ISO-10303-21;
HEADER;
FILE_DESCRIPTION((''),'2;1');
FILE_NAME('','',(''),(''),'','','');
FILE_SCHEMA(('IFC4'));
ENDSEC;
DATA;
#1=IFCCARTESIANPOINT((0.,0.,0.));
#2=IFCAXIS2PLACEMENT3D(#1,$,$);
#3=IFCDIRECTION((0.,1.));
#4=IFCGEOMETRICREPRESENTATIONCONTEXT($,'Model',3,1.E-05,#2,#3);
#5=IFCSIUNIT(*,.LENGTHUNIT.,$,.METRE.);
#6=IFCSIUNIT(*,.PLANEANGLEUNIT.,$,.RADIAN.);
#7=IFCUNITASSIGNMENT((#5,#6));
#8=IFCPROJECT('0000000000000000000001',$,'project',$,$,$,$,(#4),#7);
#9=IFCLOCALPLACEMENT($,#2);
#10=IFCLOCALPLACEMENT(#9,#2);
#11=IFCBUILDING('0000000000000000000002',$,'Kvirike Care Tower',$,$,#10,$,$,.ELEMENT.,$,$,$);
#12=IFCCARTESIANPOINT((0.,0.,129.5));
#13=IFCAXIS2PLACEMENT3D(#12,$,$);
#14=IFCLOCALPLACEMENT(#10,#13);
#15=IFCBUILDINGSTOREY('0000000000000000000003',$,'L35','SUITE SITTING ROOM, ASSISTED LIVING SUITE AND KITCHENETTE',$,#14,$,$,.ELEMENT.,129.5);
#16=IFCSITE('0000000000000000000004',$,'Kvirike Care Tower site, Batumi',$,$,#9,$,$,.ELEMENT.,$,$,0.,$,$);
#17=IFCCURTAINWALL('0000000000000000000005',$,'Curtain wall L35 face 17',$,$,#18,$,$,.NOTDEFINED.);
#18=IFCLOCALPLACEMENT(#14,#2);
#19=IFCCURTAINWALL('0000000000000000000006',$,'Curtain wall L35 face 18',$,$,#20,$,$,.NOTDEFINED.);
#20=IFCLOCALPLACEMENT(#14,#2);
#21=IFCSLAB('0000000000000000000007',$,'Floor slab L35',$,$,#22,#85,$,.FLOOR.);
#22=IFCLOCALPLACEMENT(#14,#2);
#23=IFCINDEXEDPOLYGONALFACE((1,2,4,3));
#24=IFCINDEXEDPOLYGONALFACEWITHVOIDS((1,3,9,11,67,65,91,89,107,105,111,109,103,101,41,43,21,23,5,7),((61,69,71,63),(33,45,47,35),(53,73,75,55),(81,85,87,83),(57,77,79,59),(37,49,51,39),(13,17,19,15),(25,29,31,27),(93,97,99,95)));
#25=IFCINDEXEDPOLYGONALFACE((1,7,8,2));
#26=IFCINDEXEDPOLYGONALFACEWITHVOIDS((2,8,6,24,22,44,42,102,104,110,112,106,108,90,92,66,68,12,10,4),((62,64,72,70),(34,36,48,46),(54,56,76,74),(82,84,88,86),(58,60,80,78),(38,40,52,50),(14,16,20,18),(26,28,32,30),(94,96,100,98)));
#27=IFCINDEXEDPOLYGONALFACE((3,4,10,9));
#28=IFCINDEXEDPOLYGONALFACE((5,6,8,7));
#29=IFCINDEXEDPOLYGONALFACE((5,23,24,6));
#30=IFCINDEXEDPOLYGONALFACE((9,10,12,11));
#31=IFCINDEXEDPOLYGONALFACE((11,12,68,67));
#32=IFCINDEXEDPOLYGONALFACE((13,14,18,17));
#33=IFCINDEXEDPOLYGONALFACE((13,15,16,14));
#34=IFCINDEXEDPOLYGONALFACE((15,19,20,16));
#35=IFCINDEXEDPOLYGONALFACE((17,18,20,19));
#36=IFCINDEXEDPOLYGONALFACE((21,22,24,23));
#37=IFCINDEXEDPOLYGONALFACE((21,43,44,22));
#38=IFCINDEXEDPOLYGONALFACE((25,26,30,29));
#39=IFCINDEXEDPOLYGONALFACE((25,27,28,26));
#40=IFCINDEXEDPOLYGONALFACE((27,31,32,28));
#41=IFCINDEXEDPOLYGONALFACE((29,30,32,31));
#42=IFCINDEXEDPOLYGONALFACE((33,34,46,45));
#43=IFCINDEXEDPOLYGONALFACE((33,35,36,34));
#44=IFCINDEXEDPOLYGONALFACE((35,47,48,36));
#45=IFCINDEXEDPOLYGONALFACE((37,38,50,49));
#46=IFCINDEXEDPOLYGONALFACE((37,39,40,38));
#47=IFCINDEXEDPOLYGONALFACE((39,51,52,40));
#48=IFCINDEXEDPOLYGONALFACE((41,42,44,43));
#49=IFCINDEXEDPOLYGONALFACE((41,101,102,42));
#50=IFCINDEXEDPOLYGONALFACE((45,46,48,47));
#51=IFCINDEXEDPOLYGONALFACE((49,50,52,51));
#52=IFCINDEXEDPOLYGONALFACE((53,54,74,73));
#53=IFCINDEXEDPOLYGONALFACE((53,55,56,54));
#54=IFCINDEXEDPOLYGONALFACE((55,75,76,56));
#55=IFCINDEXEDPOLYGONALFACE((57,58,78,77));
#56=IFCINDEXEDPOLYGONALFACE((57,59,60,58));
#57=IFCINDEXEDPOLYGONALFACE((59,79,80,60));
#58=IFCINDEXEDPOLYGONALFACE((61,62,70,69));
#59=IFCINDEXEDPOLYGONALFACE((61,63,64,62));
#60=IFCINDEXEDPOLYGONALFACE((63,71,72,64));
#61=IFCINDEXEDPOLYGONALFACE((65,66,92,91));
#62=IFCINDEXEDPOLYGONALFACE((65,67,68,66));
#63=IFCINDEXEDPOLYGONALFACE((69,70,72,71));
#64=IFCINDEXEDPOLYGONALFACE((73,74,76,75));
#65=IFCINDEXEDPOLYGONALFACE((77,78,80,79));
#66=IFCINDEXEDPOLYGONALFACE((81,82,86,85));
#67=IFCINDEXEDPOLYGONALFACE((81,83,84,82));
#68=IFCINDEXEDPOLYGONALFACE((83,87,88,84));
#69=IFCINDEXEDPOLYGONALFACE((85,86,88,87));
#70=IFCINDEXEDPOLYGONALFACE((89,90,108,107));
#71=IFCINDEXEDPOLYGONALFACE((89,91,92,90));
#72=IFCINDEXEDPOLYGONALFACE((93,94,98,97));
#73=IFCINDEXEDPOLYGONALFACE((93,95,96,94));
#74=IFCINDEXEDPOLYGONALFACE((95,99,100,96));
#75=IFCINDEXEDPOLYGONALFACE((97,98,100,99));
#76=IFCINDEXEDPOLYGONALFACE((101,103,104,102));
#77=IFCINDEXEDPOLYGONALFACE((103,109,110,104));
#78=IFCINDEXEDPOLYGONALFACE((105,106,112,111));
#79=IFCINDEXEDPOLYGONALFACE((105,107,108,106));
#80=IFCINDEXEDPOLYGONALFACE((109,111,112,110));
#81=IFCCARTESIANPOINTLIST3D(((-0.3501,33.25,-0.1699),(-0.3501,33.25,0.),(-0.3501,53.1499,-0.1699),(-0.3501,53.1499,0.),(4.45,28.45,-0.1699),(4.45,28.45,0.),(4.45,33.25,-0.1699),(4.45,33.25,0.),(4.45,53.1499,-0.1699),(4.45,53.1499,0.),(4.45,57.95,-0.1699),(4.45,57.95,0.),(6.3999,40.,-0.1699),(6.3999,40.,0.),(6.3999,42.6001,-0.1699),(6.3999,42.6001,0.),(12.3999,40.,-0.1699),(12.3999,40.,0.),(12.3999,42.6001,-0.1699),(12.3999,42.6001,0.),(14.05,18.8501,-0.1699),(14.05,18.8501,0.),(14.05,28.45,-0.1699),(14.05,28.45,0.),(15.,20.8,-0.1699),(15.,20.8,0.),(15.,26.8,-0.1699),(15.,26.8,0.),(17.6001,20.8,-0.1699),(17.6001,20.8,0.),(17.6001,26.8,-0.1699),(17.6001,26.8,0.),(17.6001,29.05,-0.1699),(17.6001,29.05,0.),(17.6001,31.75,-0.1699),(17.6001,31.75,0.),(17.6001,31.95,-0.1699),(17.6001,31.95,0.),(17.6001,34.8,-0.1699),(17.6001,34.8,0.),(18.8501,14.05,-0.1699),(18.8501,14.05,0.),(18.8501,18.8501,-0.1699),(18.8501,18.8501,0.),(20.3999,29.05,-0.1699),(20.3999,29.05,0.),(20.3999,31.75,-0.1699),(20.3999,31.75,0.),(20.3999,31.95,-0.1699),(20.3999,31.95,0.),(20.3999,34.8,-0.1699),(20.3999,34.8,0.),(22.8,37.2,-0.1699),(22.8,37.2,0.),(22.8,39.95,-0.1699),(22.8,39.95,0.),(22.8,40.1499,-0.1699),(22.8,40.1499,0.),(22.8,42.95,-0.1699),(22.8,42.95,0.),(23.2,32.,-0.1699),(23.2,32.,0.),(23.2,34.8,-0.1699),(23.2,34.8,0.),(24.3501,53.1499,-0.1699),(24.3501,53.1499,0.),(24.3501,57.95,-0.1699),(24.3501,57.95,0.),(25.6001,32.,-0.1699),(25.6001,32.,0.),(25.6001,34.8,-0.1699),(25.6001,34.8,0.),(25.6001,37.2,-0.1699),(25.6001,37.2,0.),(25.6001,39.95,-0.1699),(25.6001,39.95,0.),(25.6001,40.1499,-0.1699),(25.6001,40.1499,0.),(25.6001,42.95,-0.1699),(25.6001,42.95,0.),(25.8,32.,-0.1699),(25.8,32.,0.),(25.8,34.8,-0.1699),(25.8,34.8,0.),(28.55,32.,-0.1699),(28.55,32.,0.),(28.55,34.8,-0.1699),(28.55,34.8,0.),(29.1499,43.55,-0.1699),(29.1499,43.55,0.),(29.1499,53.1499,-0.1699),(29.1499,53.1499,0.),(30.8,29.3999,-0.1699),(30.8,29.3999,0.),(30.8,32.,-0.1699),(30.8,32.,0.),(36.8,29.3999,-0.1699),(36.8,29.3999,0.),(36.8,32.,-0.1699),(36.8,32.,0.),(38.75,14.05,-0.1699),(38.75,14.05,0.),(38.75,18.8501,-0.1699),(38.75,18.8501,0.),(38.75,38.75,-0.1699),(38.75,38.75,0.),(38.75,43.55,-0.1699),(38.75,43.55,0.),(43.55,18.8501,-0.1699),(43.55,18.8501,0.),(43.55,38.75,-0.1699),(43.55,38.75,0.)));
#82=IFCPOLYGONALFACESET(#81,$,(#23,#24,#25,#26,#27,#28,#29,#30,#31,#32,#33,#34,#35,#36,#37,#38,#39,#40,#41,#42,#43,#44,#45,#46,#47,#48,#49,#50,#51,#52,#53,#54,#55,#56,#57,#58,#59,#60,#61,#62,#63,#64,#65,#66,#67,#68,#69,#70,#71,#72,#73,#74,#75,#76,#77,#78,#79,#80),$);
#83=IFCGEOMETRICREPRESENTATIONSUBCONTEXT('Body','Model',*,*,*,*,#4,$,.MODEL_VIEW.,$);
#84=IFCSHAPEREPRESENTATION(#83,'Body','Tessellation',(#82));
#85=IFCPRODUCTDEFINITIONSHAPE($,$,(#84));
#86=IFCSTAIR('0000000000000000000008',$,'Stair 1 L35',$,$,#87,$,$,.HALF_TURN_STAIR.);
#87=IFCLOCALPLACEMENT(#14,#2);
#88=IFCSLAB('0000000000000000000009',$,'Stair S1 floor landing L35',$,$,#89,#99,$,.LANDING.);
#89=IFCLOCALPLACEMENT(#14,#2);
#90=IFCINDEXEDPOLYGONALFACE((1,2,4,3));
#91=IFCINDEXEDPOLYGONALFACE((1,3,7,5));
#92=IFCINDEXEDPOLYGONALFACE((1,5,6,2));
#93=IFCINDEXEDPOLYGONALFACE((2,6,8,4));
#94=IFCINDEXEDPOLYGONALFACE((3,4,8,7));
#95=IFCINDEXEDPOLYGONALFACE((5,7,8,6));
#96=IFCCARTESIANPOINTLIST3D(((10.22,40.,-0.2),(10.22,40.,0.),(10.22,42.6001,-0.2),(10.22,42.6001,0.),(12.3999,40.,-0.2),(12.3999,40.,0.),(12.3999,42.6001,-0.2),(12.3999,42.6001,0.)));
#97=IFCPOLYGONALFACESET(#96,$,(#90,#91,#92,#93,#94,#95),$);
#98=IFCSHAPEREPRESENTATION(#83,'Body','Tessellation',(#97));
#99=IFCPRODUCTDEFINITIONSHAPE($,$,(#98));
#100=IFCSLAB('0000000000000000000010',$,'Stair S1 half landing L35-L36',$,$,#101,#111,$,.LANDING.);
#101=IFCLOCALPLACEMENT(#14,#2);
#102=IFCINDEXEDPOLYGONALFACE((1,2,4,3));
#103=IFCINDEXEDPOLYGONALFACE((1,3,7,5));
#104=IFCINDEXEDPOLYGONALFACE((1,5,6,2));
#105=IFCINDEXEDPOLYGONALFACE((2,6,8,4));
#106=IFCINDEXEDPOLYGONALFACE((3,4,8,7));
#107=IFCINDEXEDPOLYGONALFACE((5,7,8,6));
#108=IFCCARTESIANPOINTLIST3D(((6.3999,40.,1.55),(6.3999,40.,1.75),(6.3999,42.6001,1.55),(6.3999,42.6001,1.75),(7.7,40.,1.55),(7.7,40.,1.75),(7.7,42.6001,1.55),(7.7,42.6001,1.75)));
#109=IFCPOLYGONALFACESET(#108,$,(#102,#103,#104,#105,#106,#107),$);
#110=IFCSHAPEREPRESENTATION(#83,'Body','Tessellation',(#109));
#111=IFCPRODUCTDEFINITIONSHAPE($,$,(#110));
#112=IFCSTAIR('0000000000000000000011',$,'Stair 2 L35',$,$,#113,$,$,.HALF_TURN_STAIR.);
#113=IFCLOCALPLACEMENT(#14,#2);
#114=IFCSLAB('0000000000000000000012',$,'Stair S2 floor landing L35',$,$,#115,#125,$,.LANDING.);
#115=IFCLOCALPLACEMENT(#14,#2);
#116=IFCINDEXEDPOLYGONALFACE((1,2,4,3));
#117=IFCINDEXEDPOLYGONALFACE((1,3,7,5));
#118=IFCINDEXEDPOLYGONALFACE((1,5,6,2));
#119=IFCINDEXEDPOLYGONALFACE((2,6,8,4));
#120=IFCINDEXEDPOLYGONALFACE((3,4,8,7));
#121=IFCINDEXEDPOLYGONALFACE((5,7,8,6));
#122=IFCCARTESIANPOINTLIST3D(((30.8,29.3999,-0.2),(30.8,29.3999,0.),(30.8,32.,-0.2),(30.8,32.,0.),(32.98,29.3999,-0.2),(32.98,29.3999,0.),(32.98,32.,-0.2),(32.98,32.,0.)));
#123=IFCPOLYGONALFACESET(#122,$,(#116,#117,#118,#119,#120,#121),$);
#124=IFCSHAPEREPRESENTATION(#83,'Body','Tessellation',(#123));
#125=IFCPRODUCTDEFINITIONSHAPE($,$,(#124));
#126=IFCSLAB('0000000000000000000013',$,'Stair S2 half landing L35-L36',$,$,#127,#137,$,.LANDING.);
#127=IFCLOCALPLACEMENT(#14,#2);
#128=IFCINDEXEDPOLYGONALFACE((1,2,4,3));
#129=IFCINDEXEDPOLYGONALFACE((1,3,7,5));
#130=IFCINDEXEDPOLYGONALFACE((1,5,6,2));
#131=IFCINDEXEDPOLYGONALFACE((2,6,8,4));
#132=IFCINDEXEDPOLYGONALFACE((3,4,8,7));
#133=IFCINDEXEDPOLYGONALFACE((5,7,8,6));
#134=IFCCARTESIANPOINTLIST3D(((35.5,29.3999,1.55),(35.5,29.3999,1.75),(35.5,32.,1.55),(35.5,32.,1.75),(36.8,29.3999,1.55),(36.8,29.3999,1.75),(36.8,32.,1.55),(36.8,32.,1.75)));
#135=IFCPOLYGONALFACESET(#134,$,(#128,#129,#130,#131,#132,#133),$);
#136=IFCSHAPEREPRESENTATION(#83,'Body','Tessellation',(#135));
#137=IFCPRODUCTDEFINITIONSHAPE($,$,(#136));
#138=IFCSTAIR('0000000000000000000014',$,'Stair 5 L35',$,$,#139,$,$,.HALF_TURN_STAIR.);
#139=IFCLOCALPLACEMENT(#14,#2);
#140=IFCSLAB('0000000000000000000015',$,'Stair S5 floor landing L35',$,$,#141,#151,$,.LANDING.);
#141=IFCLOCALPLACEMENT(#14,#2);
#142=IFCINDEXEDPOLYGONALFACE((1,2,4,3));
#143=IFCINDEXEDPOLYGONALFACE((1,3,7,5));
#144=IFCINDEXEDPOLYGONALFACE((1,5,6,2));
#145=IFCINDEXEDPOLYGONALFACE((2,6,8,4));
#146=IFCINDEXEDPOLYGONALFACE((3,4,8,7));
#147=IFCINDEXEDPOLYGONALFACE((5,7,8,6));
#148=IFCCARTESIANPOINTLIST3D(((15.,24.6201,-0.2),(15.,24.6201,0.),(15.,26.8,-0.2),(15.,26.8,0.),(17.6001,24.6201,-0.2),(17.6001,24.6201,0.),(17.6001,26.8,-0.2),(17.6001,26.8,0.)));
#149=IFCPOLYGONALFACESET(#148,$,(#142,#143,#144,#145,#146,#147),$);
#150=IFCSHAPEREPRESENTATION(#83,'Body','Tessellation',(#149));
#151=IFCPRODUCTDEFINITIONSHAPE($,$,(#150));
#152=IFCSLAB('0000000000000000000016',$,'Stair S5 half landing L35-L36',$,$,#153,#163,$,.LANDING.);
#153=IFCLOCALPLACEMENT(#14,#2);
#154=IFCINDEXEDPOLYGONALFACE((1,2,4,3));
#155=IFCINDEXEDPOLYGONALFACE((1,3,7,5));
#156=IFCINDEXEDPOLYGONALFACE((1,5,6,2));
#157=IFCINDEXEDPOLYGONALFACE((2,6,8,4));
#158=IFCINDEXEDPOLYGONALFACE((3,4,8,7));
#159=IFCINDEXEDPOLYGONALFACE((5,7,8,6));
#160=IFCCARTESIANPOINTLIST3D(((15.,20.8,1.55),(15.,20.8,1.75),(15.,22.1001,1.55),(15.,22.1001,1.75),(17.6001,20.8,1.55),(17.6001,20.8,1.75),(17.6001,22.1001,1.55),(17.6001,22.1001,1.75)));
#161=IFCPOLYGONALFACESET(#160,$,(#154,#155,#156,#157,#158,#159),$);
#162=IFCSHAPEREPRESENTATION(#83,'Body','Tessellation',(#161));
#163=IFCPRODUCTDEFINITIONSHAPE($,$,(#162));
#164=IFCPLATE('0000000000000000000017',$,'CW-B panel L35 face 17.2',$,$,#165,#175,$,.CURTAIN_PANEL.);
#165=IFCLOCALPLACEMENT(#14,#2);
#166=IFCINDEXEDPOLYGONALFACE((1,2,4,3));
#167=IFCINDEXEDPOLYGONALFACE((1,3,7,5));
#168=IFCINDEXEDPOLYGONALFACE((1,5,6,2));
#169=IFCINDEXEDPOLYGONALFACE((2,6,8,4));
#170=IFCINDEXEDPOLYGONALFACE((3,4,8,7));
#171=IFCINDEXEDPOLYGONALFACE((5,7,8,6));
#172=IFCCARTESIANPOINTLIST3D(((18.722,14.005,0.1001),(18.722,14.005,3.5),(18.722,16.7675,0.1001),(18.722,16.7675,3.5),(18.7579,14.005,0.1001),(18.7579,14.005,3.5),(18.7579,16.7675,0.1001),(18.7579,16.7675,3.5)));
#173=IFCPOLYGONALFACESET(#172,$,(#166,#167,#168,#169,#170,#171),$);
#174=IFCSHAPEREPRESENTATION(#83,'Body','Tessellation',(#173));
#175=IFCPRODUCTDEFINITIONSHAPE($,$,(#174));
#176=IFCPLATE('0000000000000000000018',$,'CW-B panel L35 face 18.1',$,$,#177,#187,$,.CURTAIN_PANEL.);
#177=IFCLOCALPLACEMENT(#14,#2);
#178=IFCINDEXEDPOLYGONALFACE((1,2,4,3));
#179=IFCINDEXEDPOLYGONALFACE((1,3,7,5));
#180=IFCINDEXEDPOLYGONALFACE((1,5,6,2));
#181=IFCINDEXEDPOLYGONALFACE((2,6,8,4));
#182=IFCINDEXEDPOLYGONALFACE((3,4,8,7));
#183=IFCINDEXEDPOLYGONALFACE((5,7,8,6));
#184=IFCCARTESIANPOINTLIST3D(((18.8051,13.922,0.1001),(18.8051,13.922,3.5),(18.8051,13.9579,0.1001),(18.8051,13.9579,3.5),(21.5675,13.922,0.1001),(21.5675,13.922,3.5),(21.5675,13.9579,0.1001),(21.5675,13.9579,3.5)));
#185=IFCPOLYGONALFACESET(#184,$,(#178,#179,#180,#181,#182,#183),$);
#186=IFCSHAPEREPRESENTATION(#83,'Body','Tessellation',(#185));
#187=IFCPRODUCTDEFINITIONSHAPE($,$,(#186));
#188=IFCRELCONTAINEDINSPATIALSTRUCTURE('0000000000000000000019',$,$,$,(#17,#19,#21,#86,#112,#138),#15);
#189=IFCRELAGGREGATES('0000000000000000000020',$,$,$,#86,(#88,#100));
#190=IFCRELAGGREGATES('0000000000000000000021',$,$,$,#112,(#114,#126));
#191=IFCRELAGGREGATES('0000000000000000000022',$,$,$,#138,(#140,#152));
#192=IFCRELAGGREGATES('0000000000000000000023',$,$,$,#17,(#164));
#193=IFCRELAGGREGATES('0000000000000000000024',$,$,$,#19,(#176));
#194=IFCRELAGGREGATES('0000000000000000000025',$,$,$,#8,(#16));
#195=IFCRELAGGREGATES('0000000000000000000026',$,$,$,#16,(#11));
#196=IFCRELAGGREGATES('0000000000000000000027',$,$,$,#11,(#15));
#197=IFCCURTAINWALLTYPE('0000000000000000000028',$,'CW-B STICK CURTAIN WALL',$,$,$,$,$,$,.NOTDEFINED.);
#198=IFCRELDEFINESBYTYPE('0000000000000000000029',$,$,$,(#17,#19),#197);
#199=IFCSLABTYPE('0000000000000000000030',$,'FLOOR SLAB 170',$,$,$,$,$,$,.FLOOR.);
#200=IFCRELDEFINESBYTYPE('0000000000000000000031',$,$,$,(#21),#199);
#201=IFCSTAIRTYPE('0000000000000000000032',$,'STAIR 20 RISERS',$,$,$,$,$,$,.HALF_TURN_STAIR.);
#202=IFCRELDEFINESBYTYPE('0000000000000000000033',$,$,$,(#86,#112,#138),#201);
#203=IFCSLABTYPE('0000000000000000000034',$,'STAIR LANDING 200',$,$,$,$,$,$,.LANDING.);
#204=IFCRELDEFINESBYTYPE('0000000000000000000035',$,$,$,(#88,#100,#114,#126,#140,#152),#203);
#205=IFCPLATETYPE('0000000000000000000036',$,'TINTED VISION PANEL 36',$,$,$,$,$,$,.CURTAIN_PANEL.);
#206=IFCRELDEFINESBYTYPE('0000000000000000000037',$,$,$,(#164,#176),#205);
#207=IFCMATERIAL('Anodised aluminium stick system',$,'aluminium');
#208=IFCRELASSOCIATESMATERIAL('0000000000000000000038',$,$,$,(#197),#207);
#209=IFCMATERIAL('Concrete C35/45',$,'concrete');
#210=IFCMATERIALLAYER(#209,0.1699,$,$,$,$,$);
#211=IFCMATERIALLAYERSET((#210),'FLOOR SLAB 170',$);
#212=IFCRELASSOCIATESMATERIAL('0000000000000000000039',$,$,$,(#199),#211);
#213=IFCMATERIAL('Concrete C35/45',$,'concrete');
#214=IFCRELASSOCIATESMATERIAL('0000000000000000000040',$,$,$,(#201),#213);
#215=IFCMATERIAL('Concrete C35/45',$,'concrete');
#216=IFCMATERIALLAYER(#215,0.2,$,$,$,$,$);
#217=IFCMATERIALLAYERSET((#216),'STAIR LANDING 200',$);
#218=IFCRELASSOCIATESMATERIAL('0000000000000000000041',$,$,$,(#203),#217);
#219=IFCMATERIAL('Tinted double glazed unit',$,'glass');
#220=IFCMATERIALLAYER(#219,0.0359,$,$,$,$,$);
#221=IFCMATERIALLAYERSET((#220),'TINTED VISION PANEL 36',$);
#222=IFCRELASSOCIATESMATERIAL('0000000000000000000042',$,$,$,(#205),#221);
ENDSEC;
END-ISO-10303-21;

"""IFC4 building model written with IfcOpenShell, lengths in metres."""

from ifc_helpers import new_model, si_unit, direction, frame, origin, origin_2d, place, context, subcontext, project, spatial, polyline, rectangle, outline, extrude, material, layer, layer_set, type_object, element, aggregate, save


model = new_model("IFC4")

# Units and contexts
model_context = context("Model", 3, precision=1e-05, world=origin(), true_north=direction((0.0, 1.0)))
body_context = subcontext(model_context, "Body", "Model", "MODEL_VIEW")
ifc_project = project(units=[si_unit("LENGTHUNIT", "METRE"), si_unit("PLANEANGLEUNIT", "RADIAN")], contexts=[model_context])

# Site, building, storey
site_placement = place(None, origin())
site = spatial("IfcSite", under=ifc_project, at=site_placement, Name="Kvirike Care Tower site, Batumi", CompositionType="ELEMENT", RefElevation=0.0)
building_placement = place(site_placement, origin())
building = spatial("IfcBuilding", under=site, at=building_placement, Name="Kvirike Care Tower", CompositionType="ELEMENT")
storey_placement = place(building_placement, frame((0.0, 0.0, 129.5)))
storey = spatial("IfcBuildingStorey", under=building, at=storey_placement, Name="L35", Description="SUITE SITTING ROOM, ASSISTED LIVING SUITE AND KITCHENETTE", CompositionType="ELEMENT", Elevation=129.5)

# Curtain wall
ifc_material_1 = material(Name="Anodised aluminium stick system", Category="aluminium")
curtain_wall_type = type_object("IfcCurtainWallType", Name="CW-B STICK CURTAIN WALL", PredefinedType="NOTDEFINED", material=ifc_material_1)
curtain_wall_1_placement = place(storey_placement, origin())
curtain_wall_1 = element("IfcCurtainWall", 1, at=curtain_wall_1_placement, inside=storey, type_object=curtain_wall_type, Name="Curtain wall L35 face 17", PredefinedType="NOTDEFINED")

# Curtain wall
curtain_wall_2_placement = place(storey_placement, origin())
curtain_wall_2 = element("IfcCurtainWall", 2, at=curtain_wall_2_placement, inside=storey, type_object=curtain_wall_type, Name="Curtain wall L35 face 18", PredefinedType="NOTDEFINED")

# Slab
ifc_material_2 = material(Name="Concrete C35/45", Category="concrete")
ifc_layer_1 = layer(ifc_material_2, 0.1699)
ifc_layer_set_1 = layer_set([ifc_layer_1], Name="FLOOR SLAB 170")
slab_type_1 = type_object("IfcSlabType", Name="FLOOR SLAB 170", PredefinedType="FLOOR", material=ifc_layer_set_1)
slab_1_placement = place(storey_placement, frame((0.0, 0.0, -0.1699)))
element("IfcSlab", 3, at=slab_1_placement, inside=storey, type_object=slab_type_1, Name="Floor slab L35", PredefinedType="FLOOR", context=body_context, shape_type="SweptSolid", body=[
    extrude(outline(polyline([(43.55, 18.8501), (43.55, 38.75), (38.75, 38.75), (38.75, 43.55), (29.1499, 43.55), (29.1499, 53.1499), (24.3501, 53.1499), (24.3501, 57.95), (4.45, 57.95), (4.45, 53.1499), (-0.3501, 53.1499), (-0.3501, 33.25), (4.45, 33.25), (4.45, 28.45), (14.05, 28.45), (14.05, 18.8501), (18.8501, 18.8501), (18.8501, 14.05), (38.75, 14.05), (38.75, 18.8501), (43.55, 18.8501)]), holes=[polyline([(17.6001, 29.05), (17.6001, 31.75), (20.3999, 31.75), (20.3999, 29.05), (17.6001, 29.05)]), polyline([(17.6001, 31.95), (17.6001, 34.8), (20.3999, 34.8), (20.3999, 31.95), (17.6001, 31.95)]), polyline([(22.8, 37.2), (22.8, 39.95), (25.6001, 39.95), (25.6001, 37.2), (22.8, 37.2)]), polyline([(22.8, 40.1499), (22.8, 42.95), (25.6001, 42.95), (25.6001, 40.1499), (22.8, 40.1499)]), polyline([(23.2, 32.0), (23.2, 34.8), (25.6001, 34.8), (25.6001, 32.0), (23.2, 32.0)]), polyline([(25.8, 32.0), (25.8, 34.8), (28.55, 34.8), (28.55, 32.0), (25.8, 32.0)]), polyline([(12.3999, 42.6001), (12.3999, 40.0), (6.3999, 40.0), (6.3999, 42.6001), (12.3999, 42.6001)]), polyline([(30.8, 29.3999), (30.8, 32.0), (36.8, 32.0), (36.8, 29.3999), (30.8, 29.3999)]), polyline([(15.0, 26.8), (17.6001, 26.8), (17.6001, 20.8), (15.0, 20.8), (15.0, 26.8)])]), origin(), (0.0, 0.0, 1.0), 0.1699),
])

# Stairs, slabs
ifc_material_3 = material(Name="Concrete C35/45", Category="concrete")
stair_type = type_object("IfcStairType", Name="STAIR 20 RISERS", PredefinedType="HALF_TURN_STAIR", material=ifc_material_3)
stair_1_placement = place(storey_placement, origin())
stair_1 = element("IfcStair", 4, at=stair_1_placement, inside=storey, type_object=stair_type, Name="Stair 1 L35", PredefinedType="HALF_TURN_STAIR")
ifc_material_4 = material(Name="Concrete C35/45", Category="concrete")
ifc_layer_2 = layer(ifc_material_4, 0.2)
ifc_layer_set_2 = layer_set([ifc_layer_2], Name="STAIR LANDING 200")
slab_type_2 = type_object("IfcSlabType", Name="STAIR LANDING 200", PredefinedType="LANDING", material=ifc_layer_set_2)
slab_2_placement = place(storey_placement, frame((0.0, 0.0, -0.2)))
slab_2 = element("IfcSlab", 5, at=slab_2_placement, type_object=slab_type_2, Name="Stair S1 floor landing L35", PredefinedType="LANDING", context=body_context, shape_type="SweptSolid", body=[
    extrude(outline(polyline([(10.22, 42.6001), (10.22, 40.0), (12.3999, 40.0), (12.3999, 42.6001), (10.22, 42.6001)])), origin(), (0.0, 0.0, 1.0), 0.2),
])
slab_3_placement = place(storey_placement, frame((0.0, 0.0, 1.55)))
slab_3 = element("IfcSlab", 6, at=slab_3_placement, type_object=slab_type_2, Name="Stair S1 half landing L35-L36", PredefinedType="LANDING", context=body_context, shape_type="SweptSolid", body=[
    extrude(outline(polyline([(6.3999, 42.6001), (6.3999, 40.0), (7.7, 40.0), (7.7, 42.6001), (6.3999, 42.6001)])), origin(), (0.0, 0.0, 1.0), 0.2),
])
aggregate(stair_1, [slab_2, slab_3])
stair_2_placement = place(storey_placement, origin())
stair_2 = element("IfcStair", 7, at=stair_2_placement, inside=storey, type_object=stair_type, Name="Stair 2 L35", PredefinedType="HALF_TURN_STAIR")
slab_4_placement = place(storey_placement, frame((0.0, 0.0, -0.2)))
slab_4 = element("IfcSlab", 8, at=slab_4_placement, type_object=slab_type_2, Name="Stair S2 floor landing L35", PredefinedType="LANDING", context=body_context, shape_type="SweptSolid", body=[
    extrude(outline(polyline([(32.98, 29.3999), (32.98, 32.0), (30.8, 32.0), (30.8, 29.3999), (32.98, 29.3999)])), origin(), (0.0, 0.0, 1.0), 0.2),
])
slab_5_placement = place(storey_placement, frame((0.0, 0.0, 1.55)))
slab_5 = element("IfcSlab", 9, at=slab_5_placement, type_object=slab_type_2, Name="Stair S2 half landing L35-L36", PredefinedType="LANDING", context=body_context, shape_type="SweptSolid", body=[
    extrude(outline(polyline([(36.8, 29.3999), (36.8, 32.0), (35.5, 32.0), (35.5, 29.3999), (36.8, 29.3999)])), origin(), (0.0, 0.0, 1.0), 0.2),
])
aggregate(stair_2, [slab_4, slab_5])
stair_3_placement = place(storey_placement, origin())
stair_3 = element("IfcStair", 10, at=stair_3_placement, inside=storey, type_object=stair_type, Name="Stair 5 L35", PredefinedType="HALF_TURN_STAIR")
slab_6_placement = place(storey_placement, frame((0.0, 0.0, -0.2)))
slab_6 = element("IfcSlab", 11, at=slab_6_placement, type_object=slab_type_2, Name="Stair S5 floor landing L35", PredefinedType="LANDING", context=body_context, shape_type="SweptSolid", body=[
    extrude(outline(polyline([(15.0, 24.6201), (17.6001, 24.6201), (17.6001, 26.8), (15.0, 26.8), (15.0, 24.6201)])), origin(), (0.0, 0.0, 1.0), 0.2),
])
slab_7_placement = place(storey_placement, frame((0.0, 0.0, 1.55)))
slab_7 = element("IfcSlab", 12, at=slab_7_placement, type_object=slab_type_2, Name="Stair S5 half landing L35-L36", PredefinedType="LANDING", context=body_context, shape_type="SweptSolid", body=[
    extrude(outline(polyline([(15.0, 20.8), (17.6001, 20.8), (17.6001, 22.1001), (15.0, 22.1001), (15.0, 20.8)])), origin(), (0.0, 0.0, 1.0), 0.2),
])
aggregate(stair_3, [slab_6, slab_7])

# Plates
ifc_material_5 = material(Name="Tinted double glazed unit", Category="glass")
ifc_layer_3 = layer(ifc_material_5, 0.0359)
ifc_layer_set_3 = layer_set([ifc_layer_3], Name="TINTED VISION PANEL 36")
plate_type = type_object("IfcPlateType", Name="TINTED VISION PANEL 36", PredefinedType="CURTAIN_PANEL", material=ifc_layer_set_3)
plate_1_placement = place(storey_placement, frame((18.74, 15.3862, 0.1001), z_axis=(0.0, 0.0, 1.0), x_axis=(0.0, -1.0, 0.0)))
plate_1 = element("IfcPlate", 13, at=plate_1_placement, type_object=plate_type, Name="CW-B panel L35 face 17.2", PredefinedType="CURTAIN_PANEL", context=body_context, shape_type="SweptSolid", body=[
    extrude(rectangle(XDim=2.7625, YDim=0.0359, at=origin_2d()), origin(), (0.0, 0.0, 1.0), 3.3999),
])
aggregate(curtain_wall_1, [plate_1])
plate_2_placement = place(storey_placement, frame((20.1863, 13.9399, 0.1001), z_axis=(0.0, 0.0, 1.0), x_axis=(1.0, 0.0, 0.0)))
plate_2 = element("IfcPlate", 14, at=plate_2_placement, type_object=plate_type, Name="CW-B panel L35 face 18.1", PredefinedType="CURTAIN_PANEL", context=body_context, shape_type="SweptSolid", body=[
    extrude(rectangle(XDim=2.7625, YDim=0.0359, at=origin_2d()), origin(), (0.0, 0.0, 1.0), 3.3999),
])
aggregate(curtain_wall_2, [plate_2])

save(model, "model.ifc")
